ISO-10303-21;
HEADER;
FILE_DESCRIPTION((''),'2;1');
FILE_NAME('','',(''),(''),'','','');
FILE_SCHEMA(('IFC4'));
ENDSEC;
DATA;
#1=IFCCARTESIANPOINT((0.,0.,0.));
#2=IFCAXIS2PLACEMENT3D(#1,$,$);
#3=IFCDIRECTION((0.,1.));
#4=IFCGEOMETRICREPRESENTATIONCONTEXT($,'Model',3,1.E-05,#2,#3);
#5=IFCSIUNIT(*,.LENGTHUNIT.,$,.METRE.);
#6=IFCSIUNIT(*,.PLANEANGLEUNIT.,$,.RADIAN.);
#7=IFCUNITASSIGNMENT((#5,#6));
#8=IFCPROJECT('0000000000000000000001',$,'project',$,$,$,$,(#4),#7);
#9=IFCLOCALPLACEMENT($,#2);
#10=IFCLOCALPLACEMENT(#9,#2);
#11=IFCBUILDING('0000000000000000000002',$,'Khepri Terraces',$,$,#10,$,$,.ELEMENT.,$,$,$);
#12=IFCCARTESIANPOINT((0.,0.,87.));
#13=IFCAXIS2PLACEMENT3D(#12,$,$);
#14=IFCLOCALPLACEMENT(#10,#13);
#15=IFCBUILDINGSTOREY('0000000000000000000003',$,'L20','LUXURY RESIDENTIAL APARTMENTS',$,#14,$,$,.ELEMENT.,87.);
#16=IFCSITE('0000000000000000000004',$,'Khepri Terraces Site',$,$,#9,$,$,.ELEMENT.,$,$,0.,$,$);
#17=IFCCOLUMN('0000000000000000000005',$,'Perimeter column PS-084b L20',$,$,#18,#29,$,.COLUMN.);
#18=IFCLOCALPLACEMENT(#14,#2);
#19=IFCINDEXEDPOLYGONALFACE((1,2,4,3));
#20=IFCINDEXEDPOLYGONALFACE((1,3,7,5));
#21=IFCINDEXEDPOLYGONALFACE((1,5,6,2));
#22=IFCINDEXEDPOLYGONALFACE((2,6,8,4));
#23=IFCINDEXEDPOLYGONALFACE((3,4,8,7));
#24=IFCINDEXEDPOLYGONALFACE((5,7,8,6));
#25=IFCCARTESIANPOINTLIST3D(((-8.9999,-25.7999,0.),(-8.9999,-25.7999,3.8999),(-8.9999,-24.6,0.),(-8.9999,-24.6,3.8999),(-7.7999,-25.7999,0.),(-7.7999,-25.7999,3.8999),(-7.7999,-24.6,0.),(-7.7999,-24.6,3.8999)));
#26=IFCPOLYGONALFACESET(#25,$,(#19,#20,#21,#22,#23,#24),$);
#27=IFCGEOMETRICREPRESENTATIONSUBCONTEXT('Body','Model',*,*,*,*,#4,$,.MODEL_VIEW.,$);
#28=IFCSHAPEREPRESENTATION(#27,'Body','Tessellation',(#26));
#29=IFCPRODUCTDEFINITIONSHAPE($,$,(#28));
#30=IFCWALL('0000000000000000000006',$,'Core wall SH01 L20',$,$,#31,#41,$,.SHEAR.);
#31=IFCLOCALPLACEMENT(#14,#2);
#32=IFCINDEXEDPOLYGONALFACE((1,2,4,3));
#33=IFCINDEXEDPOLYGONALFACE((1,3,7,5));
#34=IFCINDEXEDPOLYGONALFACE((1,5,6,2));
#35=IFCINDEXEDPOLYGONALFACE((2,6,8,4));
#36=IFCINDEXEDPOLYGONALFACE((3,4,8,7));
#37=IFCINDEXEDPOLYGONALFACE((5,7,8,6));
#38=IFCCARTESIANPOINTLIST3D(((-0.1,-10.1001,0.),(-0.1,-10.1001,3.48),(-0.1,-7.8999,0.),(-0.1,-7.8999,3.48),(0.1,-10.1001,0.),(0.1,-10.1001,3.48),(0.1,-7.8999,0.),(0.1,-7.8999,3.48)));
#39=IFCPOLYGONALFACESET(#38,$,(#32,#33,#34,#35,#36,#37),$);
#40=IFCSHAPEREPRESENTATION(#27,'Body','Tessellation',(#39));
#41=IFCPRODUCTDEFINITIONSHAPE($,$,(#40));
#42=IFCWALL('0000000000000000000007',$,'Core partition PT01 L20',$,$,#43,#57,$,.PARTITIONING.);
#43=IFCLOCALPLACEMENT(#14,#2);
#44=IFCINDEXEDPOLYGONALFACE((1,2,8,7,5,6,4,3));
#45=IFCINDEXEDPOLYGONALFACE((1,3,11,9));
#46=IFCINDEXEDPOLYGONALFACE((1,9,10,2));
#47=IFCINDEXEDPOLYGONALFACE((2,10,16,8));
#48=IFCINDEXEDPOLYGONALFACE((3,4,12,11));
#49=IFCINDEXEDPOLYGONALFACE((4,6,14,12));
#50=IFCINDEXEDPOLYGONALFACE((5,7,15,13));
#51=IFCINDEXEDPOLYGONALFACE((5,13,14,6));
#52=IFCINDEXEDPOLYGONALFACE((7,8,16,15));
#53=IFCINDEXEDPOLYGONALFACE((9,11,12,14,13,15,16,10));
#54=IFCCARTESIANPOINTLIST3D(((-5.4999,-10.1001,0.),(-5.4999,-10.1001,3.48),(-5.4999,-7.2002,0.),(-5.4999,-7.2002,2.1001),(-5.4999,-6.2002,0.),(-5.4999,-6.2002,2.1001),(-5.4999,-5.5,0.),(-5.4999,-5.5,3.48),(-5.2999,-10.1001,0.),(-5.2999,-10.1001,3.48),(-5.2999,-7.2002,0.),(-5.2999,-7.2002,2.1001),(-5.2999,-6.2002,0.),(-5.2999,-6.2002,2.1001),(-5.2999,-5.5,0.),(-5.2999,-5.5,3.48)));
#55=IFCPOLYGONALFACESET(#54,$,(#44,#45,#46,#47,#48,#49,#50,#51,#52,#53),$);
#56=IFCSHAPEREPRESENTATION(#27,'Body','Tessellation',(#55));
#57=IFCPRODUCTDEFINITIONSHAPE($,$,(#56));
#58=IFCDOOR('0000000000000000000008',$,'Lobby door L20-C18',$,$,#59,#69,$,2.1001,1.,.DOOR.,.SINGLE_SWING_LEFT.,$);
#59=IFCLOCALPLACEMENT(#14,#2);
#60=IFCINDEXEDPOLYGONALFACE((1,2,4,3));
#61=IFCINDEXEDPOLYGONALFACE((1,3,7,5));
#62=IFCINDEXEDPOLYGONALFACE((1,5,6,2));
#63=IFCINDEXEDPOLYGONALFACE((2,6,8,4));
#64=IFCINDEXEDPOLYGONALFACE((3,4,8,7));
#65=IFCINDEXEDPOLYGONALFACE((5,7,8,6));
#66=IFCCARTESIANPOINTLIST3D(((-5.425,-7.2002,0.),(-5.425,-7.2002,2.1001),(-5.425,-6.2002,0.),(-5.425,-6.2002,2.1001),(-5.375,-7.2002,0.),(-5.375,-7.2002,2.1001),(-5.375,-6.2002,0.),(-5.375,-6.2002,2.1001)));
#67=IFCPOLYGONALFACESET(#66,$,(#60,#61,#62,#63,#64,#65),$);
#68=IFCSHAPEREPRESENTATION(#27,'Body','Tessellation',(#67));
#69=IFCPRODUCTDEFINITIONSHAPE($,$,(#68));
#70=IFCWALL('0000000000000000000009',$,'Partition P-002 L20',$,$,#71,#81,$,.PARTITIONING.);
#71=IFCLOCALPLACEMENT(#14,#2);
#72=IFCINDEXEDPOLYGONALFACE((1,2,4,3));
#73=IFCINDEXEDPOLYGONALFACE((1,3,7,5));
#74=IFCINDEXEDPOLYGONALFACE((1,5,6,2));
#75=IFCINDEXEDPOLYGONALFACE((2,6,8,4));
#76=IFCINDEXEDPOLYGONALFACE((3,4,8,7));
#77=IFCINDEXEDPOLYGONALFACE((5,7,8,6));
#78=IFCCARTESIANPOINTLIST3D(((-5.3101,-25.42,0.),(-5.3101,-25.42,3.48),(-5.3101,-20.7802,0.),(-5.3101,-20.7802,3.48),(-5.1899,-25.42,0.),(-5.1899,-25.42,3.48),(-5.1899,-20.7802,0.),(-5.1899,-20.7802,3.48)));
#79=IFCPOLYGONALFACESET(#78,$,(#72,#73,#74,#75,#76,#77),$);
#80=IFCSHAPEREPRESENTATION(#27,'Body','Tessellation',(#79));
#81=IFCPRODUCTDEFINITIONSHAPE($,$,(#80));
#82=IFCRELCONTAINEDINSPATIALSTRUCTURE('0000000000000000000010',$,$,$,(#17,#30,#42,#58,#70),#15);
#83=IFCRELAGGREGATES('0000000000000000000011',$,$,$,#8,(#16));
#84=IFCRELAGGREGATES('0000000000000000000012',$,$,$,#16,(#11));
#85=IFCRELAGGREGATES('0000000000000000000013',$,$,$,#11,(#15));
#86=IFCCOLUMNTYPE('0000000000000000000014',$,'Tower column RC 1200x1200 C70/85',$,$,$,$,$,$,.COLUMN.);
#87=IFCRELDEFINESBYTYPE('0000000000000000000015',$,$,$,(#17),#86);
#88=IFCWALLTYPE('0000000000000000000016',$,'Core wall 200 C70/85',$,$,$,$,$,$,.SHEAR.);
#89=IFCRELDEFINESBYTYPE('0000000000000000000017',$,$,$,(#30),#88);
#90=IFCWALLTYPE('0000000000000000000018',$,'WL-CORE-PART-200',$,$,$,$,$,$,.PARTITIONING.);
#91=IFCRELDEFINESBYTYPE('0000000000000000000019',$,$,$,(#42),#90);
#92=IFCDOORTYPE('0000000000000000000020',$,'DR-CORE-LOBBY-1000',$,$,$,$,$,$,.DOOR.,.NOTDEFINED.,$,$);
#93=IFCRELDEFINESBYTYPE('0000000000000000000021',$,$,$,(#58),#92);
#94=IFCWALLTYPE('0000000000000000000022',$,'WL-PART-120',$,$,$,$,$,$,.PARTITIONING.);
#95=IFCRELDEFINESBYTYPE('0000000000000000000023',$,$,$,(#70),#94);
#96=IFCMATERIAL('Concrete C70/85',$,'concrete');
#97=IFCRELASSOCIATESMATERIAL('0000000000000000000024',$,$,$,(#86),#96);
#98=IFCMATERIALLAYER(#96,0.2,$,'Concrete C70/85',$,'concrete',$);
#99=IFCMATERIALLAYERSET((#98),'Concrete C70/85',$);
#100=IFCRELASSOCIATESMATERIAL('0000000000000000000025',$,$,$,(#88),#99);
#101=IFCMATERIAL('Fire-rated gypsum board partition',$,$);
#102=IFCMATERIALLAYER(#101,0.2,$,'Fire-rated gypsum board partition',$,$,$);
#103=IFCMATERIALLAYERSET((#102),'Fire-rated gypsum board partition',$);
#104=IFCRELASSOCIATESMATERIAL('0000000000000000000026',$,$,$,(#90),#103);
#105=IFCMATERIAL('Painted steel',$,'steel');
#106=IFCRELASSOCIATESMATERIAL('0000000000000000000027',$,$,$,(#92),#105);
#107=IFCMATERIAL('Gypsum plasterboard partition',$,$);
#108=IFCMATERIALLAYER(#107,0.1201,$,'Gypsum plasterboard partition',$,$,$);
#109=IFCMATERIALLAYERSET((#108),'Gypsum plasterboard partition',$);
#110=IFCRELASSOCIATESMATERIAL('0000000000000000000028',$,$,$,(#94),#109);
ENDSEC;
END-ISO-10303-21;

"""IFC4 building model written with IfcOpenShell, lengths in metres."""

from ifc_helpers import new_model, si_unit, direction, frame, frame_2d, origin, origin_2d, place, context, subcontext, project, spatial, rectangle, extrude, material, layer, layer_set, material_profile, profile_set, type_object, element, fill, save


model = new_model("IFC4")

# Units and contexts
model_context = context("Model", 3, precision=1e-05, world=origin(), true_north=direction((0.0, 1.0)))
body_context = subcontext(model_context, "Body", "Model", "MODEL_VIEW")
ifc_project = project(units=[si_unit("LENGTHUNIT", "METRE"), si_unit("PLANEANGLEUNIT", "RADIAN")], contexts=[model_context])

# Site, building, storey
site_placement = place(None, origin())
site = spatial("IfcSite", under=ifc_project, at=site_placement, Name="Khepri Terraces Site", CompositionType="ELEMENT", RefElevation=0.0)
building_placement = place(site_placement, origin())
building = spatial("IfcBuilding", under=site, at=building_placement, Name="Khepri Terraces", CompositionType="ELEMENT")
storey_placement = place(building_placement, frame((0.0, 0.0, 87.0)))
storey = spatial("IfcBuildingStorey", under=building, at=storey_placement, Name="L20", Description="LUXURY RESIDENTIAL APARTMENTS", CompositionType="ELEMENT", Elevation=87.0)

# Column
ifc_material_1 = material(Name="Concrete C70/85", Category="concrete")
ifc_material_profile = material_profile(ifc_material_1, rectangle(XDim=1.2, YDim=1.2, at=origin_2d()), Name="Concrete C70/85", Category="concrete")
ifc_profile_set = profile_set([ifc_material_profile], Name="Concrete C70/85")
column_type = type_object("IfcColumnType", Name="Tower column RC 1200x1200 C70/85", PredefinedType="COLUMN", material=ifc_profile_set)
column_placement = place(storey_placement, frame((-8.3999, -25.2, 0.0), z_axis=(0.0, 0.0, 1.0), x_axis=(1.0, 0.0, 0.0)))
element("IfcColumn", 1, at=column_placement, inside=storey, type_object=column_type, Name="Perimeter column PS-084b L20", PredefinedType="COLUMN", context=body_context, shape_type="SweptSolid", body=[
    extrude(rectangle(XDim=1.2, YDim=1.2, at=origin_2d()), origin(), (0.0, 0.0, 1.0), 3.8999),
])

# Wall
ifc_layer_1 = layer(ifc_material_1, 0.2, Name="Concrete C70/85", Category="concrete")
ifc_layer_set_1 = layer_set([ifc_layer_1], Name="Concrete C70/85")
wall_type_1 = type_object("IfcWallType", Name="Core wall 200 C70/85", PredefinedType="SHEAR", material=ifc_layer_set_1)
wall_1_placement = place(storey_placement, frame((0.0, -10.1001, 0.0), z_axis=(0.0, 0.0, 1.0), x_axis=(0.0, 1.0, 0.0)))
element("IfcWall", 2, at=wall_1_placement, inside=storey, type_object=wall_type_1, Name="Core wall SH01 L20", PredefinedType="SHEAR", context=body_context, shape_type="SweptSolid", body=[
    extrude(rectangle(XDim=2.2002, YDim=0.2, at=frame_2d((1.1001, 0.0))), origin(), (0.0, 0.0, 1.0), 3.48),
])

# Wall, opening, door
ifc_material_2 = material(Name="Fire-rated gypsum board partition")
ifc_layer_2 = layer(ifc_material_2, 0.2, Name="Fire-rated gypsum board partition")
ifc_layer_set_2 = layer_set([ifc_layer_2], Name="Fire-rated gypsum board partition")
wall_type_2 = type_object("IfcWallType", Name="WL-CORE-PART-200", PredefinedType="PARTITIONING", material=ifc_layer_set_2)
wall_2_placement = place(storey_placement, frame((-5.3999, -10.1001, 0.0), z_axis=(0.0, 0.0, 1.0), x_axis=(0.0, 1.0, 0.0)))
wall_2 = element("IfcWall", 3, at=wall_2_placement, inside=storey, type_object=wall_type_2, Name="Core partition PT01 L20", PredefinedType="PARTITIONING", context=body_context, shape_type="SweptSolid", body=[
    extrude(rectangle(XDim=4.6001, YDim=0.2, at=frame_2d((2.3, 0.0))), origin(), (0.0, 0.0, 1.0), 3.48),
])
opening_1_placement = place(wall_2_placement, frame((2.8999, 0.0, 0.0)))
opening_1 = element("IfcOpeningElement", 4, at=opening_1_placement, cuts=wall_2, PredefinedType="OPENING", context=body_context, shape_type="SweptSolid", body=[
    extrude(rectangle(XDim=1.0, YDim=2.1001, at=frame_2d((0.5, 1.05))), frame((0.0, 0.1099, 0.0), z_axis=(0.0, -1.0, 0.0), x_axis=(1.0, 0.0, 0.0)), (0.0, 0.0, 1.0), 0.22),
])
ifc_material_3 = material(Name="Painted steel", Category="steel")
door_type_1 = type_object("IfcDoorType", Name="DR-CORE-LOBBY-1000", OperationType="NOTDEFINED", PredefinedType="DOOR", material=ifc_material_3)
door_1_placement = place(opening_1_placement, frame((1.0, 0.0, 0.0), z_axis=(0.0, 0.0, 1.0), x_axis=(-1.0, 0.0, 0.0)))
door_1 = element("IfcDoor", 5, at=door_1_placement, inside=storey, type_object=door_type_1, Name="Lobby door L20-C18", OperationType="SINGLE_SWING_LEFT", OverallHeight=2.1001, OverallWidth=1.0, PredefinedType="DOOR", context=body_context, shape_type="SweptSolid", body=[
    extrude(rectangle(XDim=1.0, YDim=2.1001, at=frame_2d((0.5, 1.05))), frame((0.0, 0.0249, 0.0), z_axis=(0.0, -1.0, 0.0), x_axis=(1.0, 0.0, 0.0)), (0.0, 0.0, 1.0), 0.05),
])
fill(opening_1, door_1)

# Wall
ifc_material_4 = material(Name="Gypsum plasterboard partition")
ifc_layer_3 = layer(ifc_material_4, 0.1201, Name="Gypsum plasterboard partition")
ifc_layer_set_3 = layer_set([ifc_layer_3], Name="Gypsum plasterboard partition")
wall_type_3 = type_object("IfcWallType", Name="WL-PART-120", PredefinedType="PARTITIONING", material=ifc_layer_set_3)
wall_3_placement = place(storey_placement, frame((-5.25, -25.4199, 0.0), z_axis=(0.0, 0.0, 1.0), x_axis=(0.0, 1.0, 0.0)))
element("IfcWall", 6, at=wall_3_placement, inside=storey, type_object=wall_type_3, Name="Partition P-002 L20", PredefinedType="PARTITIONING", context=body_context, shape_type="SweptSolid", body=[
    extrude(rectangle(XDim=4.6399, YDim=0.1201, at=frame_2d((2.3198, 0.0))), origin(), (0.0, 0.0, 1.0), 3.48),
])

save(model, "model.ifc")
